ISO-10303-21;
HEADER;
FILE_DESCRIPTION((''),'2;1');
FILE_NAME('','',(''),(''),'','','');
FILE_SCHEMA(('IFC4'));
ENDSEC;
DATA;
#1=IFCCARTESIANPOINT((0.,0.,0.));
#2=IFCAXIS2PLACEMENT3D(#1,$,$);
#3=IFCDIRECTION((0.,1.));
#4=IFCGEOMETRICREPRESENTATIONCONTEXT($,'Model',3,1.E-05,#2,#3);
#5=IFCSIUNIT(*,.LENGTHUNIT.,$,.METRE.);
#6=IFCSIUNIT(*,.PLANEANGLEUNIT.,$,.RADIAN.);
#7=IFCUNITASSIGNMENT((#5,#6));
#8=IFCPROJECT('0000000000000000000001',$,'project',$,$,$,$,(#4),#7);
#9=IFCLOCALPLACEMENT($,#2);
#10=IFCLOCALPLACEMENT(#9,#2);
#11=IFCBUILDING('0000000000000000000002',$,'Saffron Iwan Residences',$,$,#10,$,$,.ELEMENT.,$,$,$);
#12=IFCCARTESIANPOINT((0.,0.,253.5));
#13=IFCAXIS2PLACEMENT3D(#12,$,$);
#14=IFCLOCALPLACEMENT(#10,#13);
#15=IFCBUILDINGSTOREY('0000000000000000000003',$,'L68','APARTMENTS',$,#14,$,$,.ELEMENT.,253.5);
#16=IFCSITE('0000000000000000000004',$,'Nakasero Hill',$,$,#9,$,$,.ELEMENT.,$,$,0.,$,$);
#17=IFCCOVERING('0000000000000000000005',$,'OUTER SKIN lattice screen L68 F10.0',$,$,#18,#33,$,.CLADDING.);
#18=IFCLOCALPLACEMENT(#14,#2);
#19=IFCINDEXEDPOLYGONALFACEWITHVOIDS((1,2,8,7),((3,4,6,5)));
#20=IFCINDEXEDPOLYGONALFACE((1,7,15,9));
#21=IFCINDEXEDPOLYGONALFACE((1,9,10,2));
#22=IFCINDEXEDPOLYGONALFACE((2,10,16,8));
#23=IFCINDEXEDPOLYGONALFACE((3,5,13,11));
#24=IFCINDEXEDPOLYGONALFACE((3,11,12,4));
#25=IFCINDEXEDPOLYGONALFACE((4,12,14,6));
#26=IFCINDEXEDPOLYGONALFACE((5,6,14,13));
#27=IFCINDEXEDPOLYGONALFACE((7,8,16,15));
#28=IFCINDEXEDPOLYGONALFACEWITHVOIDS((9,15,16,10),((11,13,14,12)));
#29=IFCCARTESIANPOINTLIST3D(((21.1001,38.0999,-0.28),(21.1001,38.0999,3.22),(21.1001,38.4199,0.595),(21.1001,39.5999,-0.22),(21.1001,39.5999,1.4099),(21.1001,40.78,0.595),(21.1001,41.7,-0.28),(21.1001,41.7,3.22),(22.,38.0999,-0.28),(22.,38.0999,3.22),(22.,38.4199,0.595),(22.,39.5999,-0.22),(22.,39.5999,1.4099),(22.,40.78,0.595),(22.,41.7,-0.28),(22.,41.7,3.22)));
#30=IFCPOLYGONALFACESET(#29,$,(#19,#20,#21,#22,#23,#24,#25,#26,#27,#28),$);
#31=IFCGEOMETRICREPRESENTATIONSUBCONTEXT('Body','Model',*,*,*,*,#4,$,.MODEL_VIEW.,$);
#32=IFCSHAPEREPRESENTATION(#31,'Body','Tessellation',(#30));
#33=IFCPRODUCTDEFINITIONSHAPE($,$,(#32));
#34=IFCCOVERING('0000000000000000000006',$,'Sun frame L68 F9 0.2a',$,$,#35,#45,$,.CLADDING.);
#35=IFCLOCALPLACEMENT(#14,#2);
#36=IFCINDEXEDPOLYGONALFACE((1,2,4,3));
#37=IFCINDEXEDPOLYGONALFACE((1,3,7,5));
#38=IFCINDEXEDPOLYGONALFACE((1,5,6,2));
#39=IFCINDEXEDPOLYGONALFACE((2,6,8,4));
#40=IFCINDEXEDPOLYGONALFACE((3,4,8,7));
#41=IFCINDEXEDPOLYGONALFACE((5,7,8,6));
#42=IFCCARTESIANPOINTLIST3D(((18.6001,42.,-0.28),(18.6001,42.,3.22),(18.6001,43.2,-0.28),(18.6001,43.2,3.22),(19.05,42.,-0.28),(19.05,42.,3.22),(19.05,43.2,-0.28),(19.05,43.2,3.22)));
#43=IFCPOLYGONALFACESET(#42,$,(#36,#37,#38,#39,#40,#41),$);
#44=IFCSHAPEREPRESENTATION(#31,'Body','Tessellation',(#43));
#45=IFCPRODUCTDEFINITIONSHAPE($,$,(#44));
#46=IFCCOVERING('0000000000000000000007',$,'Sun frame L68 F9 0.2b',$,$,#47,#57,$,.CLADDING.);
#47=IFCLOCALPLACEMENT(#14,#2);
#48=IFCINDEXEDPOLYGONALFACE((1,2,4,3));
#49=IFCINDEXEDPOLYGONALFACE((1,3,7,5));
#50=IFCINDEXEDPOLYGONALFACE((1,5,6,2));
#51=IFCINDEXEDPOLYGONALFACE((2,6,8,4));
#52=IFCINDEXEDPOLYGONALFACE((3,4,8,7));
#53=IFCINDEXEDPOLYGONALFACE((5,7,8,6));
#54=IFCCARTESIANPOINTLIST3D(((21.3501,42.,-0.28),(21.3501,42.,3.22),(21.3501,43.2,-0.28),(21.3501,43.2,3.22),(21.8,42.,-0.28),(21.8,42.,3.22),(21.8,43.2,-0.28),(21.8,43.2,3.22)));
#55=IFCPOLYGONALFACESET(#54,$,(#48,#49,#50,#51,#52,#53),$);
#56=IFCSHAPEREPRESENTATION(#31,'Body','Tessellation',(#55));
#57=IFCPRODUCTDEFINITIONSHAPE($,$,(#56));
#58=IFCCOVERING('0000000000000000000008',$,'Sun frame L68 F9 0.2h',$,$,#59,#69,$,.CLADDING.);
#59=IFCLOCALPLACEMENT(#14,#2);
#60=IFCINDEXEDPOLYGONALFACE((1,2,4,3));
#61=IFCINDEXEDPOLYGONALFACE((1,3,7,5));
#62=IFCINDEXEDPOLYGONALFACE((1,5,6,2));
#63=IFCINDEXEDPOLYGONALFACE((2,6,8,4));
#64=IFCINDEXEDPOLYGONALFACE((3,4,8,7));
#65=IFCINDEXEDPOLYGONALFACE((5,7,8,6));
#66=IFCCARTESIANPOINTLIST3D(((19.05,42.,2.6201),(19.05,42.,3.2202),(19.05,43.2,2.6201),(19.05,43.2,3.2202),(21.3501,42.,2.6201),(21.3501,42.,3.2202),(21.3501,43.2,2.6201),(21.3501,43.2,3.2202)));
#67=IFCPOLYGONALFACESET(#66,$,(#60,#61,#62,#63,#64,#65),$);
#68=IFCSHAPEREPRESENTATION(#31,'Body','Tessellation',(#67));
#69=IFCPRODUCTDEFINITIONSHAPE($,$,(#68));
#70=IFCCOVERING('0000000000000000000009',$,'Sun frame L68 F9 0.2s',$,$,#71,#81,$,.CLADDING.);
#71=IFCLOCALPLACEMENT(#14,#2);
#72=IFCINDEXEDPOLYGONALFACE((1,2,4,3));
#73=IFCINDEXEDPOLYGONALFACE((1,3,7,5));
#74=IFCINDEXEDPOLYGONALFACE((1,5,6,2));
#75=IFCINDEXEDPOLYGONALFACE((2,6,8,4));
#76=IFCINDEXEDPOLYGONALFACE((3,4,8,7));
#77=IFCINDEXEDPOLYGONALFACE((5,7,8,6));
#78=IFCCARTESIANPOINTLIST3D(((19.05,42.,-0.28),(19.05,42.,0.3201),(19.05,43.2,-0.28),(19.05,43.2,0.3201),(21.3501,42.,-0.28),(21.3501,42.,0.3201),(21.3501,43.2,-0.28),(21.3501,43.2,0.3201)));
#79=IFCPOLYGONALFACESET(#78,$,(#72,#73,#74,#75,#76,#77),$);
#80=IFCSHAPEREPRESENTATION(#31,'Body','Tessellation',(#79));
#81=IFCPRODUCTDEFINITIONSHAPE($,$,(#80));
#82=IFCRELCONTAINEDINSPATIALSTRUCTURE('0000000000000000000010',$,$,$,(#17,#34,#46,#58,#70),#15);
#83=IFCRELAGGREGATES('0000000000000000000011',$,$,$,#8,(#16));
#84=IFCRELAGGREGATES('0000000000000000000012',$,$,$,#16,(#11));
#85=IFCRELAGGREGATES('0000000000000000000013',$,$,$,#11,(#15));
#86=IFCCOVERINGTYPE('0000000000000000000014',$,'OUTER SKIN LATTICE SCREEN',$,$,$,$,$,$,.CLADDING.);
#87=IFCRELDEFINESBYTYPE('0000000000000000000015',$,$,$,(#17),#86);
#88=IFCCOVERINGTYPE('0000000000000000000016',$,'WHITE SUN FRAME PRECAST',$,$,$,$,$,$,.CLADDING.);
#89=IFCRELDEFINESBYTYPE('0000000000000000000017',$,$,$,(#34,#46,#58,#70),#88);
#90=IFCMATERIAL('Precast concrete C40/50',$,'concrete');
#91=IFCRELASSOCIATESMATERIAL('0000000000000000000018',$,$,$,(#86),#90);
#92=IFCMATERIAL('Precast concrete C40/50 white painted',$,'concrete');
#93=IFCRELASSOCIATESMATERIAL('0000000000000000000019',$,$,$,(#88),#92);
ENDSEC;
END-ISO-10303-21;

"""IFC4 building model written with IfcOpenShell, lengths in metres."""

from ifc_helpers import new_model, si_unit, direction, frame, origin, place, context, subcontext, project, spatial, polyline, outline, extrude, material, type_object, element, save


model = new_model("IFC4")

# Units and contexts
model_context = context("Model", 3, precision=1e-05, world=origin(), true_north=direction((0.0, 1.0)))
body_context = subcontext(model_context, "Body", "Model", "MODEL_VIEW")
ifc_project = project(units=[si_unit("LENGTHUNIT", "METRE"), si_unit("PLANEANGLEUNIT", "RADIAN")], contexts=[model_context])

# Site, building, storey
site_placement = place(None, origin())
site = spatial("IfcSite", under=ifc_project, at=site_placement, Name="Nakasero Hill", CompositionType="ELEMENT", RefElevation=0.0)
building_placement = place(site_placement, origin())
building = spatial("IfcBuilding", under=site, at=building_placement, Name="Saffron Iwan Residences", CompositionType="ELEMENT")
storey_placement = place(building_placement, frame((0.0, 0.0, 253.5)))
storey = spatial("IfcBuildingStorey", under=building, at=storey_placement, Name="L68", Description="APARTMENTS", CompositionType="ELEMENT", Elevation=253.5)

# Coverings
ifc_material_1 = material(Name="Precast concrete C40/50", Category="concrete")
covering_type_1 = type_object("IfcCoveringType", Name="OUTER SKIN LATTICE SCREEN", PredefinedType="CLADDING", material=ifc_material_1)
covering_placement = place(storey_placement, frame((22.0, 41.7, -0.28), z_axis=(-1.0, 0.0, 0.0), x_axis=(0.0, -1.0, 0.0)))
element("IfcCovering", 1, at=covering_placement, inside=storey, type_object=covering_type_1, Name="OUTER SKIN lattice screen L68 F10.0", PredefinedType="CLADDING", context=body_context, shape_type="SweptSolid", body=[
    extrude(outline(polyline([(0.0, 0.0), (3.6001, 0.0), (3.6001, 3.5), (0.0, 3.5), (0.0, 0.0)]), holes=[polyline([(0.9199, 0.875), (2.1001, 0.0601), (3.28, 0.875), (2.1001, 1.6899), (0.9199, 0.875)])]), origin(), (0.0, 0.0, 1.0), 0.8999),
])
ifc_material_2 = material(Name="Precast concrete C40/50 white painted", Category="concrete")
covering_type_2 = type_object("IfcCoveringType", Name="WHITE SUN FRAME PRECAST", PredefinedType="CLADDING", material=ifc_material_2)
for number, where, z_axis, x_axis, name in (
    (2, (18.6001, 43.2, -0.28), (0.0, -1.0, 0.0), (1.0, 0.0, 0.0), "Sun frame L68 F9 0.2a"),
    (3, (21.3501, 43.2, -0.28), (0.0, -1.0, 0.0), (1.0, 0.0, 0.0), "Sun frame L68 F9 0.2b"),
):
    element("IfcCovering", number, at=place(storey_placement, frame(where, z_axis=z_axis, x_axis=x_axis)), inside=storey, type_object=covering_type_2, Name=name, PredefinedType="CLADDING", context=body_context, shape_type="SweptSolid", body=[
        extrude(outline(polyline([(0.0, 0.0), (0.45, 0.0), (0.45, 3.5), (0.0, 3.5), (0.0, 0.0)])), origin(), (0.0, 0.0, 1.0), 1.2),
    ])
for number, where, z_axis, x_axis, name in (
    (4, (19.05, 43.2, 2.6201), (0.0, -1.0, 0.0), (1.0, 0.0, 0.0), "Sun frame L68 F9 0.2h"),
    (5, (19.05, 43.2, -0.28), (0.0, -1.0, 0.0), (1.0, 0.0, 0.0), "Sun frame L68 F9 0.2s"),
):
    element("IfcCovering", number, at=place(storey_placement, frame(where, z_axis=z_axis, x_axis=x_axis)), inside=storey, type_object=covering_type_2, Name=name, PredefinedType="CLADDING", context=body_context, shape_type="SweptSolid", body=[
        extrude(outline(polyline([(0.0, 0.0), (2.3, 0.0), (2.3, 0.6001), (0.0, 0.6001), (0.0, 0.0)])), origin(), (0.0, 0.0, 1.0), 1.2),
    ])

save(model, "model.ifc")
